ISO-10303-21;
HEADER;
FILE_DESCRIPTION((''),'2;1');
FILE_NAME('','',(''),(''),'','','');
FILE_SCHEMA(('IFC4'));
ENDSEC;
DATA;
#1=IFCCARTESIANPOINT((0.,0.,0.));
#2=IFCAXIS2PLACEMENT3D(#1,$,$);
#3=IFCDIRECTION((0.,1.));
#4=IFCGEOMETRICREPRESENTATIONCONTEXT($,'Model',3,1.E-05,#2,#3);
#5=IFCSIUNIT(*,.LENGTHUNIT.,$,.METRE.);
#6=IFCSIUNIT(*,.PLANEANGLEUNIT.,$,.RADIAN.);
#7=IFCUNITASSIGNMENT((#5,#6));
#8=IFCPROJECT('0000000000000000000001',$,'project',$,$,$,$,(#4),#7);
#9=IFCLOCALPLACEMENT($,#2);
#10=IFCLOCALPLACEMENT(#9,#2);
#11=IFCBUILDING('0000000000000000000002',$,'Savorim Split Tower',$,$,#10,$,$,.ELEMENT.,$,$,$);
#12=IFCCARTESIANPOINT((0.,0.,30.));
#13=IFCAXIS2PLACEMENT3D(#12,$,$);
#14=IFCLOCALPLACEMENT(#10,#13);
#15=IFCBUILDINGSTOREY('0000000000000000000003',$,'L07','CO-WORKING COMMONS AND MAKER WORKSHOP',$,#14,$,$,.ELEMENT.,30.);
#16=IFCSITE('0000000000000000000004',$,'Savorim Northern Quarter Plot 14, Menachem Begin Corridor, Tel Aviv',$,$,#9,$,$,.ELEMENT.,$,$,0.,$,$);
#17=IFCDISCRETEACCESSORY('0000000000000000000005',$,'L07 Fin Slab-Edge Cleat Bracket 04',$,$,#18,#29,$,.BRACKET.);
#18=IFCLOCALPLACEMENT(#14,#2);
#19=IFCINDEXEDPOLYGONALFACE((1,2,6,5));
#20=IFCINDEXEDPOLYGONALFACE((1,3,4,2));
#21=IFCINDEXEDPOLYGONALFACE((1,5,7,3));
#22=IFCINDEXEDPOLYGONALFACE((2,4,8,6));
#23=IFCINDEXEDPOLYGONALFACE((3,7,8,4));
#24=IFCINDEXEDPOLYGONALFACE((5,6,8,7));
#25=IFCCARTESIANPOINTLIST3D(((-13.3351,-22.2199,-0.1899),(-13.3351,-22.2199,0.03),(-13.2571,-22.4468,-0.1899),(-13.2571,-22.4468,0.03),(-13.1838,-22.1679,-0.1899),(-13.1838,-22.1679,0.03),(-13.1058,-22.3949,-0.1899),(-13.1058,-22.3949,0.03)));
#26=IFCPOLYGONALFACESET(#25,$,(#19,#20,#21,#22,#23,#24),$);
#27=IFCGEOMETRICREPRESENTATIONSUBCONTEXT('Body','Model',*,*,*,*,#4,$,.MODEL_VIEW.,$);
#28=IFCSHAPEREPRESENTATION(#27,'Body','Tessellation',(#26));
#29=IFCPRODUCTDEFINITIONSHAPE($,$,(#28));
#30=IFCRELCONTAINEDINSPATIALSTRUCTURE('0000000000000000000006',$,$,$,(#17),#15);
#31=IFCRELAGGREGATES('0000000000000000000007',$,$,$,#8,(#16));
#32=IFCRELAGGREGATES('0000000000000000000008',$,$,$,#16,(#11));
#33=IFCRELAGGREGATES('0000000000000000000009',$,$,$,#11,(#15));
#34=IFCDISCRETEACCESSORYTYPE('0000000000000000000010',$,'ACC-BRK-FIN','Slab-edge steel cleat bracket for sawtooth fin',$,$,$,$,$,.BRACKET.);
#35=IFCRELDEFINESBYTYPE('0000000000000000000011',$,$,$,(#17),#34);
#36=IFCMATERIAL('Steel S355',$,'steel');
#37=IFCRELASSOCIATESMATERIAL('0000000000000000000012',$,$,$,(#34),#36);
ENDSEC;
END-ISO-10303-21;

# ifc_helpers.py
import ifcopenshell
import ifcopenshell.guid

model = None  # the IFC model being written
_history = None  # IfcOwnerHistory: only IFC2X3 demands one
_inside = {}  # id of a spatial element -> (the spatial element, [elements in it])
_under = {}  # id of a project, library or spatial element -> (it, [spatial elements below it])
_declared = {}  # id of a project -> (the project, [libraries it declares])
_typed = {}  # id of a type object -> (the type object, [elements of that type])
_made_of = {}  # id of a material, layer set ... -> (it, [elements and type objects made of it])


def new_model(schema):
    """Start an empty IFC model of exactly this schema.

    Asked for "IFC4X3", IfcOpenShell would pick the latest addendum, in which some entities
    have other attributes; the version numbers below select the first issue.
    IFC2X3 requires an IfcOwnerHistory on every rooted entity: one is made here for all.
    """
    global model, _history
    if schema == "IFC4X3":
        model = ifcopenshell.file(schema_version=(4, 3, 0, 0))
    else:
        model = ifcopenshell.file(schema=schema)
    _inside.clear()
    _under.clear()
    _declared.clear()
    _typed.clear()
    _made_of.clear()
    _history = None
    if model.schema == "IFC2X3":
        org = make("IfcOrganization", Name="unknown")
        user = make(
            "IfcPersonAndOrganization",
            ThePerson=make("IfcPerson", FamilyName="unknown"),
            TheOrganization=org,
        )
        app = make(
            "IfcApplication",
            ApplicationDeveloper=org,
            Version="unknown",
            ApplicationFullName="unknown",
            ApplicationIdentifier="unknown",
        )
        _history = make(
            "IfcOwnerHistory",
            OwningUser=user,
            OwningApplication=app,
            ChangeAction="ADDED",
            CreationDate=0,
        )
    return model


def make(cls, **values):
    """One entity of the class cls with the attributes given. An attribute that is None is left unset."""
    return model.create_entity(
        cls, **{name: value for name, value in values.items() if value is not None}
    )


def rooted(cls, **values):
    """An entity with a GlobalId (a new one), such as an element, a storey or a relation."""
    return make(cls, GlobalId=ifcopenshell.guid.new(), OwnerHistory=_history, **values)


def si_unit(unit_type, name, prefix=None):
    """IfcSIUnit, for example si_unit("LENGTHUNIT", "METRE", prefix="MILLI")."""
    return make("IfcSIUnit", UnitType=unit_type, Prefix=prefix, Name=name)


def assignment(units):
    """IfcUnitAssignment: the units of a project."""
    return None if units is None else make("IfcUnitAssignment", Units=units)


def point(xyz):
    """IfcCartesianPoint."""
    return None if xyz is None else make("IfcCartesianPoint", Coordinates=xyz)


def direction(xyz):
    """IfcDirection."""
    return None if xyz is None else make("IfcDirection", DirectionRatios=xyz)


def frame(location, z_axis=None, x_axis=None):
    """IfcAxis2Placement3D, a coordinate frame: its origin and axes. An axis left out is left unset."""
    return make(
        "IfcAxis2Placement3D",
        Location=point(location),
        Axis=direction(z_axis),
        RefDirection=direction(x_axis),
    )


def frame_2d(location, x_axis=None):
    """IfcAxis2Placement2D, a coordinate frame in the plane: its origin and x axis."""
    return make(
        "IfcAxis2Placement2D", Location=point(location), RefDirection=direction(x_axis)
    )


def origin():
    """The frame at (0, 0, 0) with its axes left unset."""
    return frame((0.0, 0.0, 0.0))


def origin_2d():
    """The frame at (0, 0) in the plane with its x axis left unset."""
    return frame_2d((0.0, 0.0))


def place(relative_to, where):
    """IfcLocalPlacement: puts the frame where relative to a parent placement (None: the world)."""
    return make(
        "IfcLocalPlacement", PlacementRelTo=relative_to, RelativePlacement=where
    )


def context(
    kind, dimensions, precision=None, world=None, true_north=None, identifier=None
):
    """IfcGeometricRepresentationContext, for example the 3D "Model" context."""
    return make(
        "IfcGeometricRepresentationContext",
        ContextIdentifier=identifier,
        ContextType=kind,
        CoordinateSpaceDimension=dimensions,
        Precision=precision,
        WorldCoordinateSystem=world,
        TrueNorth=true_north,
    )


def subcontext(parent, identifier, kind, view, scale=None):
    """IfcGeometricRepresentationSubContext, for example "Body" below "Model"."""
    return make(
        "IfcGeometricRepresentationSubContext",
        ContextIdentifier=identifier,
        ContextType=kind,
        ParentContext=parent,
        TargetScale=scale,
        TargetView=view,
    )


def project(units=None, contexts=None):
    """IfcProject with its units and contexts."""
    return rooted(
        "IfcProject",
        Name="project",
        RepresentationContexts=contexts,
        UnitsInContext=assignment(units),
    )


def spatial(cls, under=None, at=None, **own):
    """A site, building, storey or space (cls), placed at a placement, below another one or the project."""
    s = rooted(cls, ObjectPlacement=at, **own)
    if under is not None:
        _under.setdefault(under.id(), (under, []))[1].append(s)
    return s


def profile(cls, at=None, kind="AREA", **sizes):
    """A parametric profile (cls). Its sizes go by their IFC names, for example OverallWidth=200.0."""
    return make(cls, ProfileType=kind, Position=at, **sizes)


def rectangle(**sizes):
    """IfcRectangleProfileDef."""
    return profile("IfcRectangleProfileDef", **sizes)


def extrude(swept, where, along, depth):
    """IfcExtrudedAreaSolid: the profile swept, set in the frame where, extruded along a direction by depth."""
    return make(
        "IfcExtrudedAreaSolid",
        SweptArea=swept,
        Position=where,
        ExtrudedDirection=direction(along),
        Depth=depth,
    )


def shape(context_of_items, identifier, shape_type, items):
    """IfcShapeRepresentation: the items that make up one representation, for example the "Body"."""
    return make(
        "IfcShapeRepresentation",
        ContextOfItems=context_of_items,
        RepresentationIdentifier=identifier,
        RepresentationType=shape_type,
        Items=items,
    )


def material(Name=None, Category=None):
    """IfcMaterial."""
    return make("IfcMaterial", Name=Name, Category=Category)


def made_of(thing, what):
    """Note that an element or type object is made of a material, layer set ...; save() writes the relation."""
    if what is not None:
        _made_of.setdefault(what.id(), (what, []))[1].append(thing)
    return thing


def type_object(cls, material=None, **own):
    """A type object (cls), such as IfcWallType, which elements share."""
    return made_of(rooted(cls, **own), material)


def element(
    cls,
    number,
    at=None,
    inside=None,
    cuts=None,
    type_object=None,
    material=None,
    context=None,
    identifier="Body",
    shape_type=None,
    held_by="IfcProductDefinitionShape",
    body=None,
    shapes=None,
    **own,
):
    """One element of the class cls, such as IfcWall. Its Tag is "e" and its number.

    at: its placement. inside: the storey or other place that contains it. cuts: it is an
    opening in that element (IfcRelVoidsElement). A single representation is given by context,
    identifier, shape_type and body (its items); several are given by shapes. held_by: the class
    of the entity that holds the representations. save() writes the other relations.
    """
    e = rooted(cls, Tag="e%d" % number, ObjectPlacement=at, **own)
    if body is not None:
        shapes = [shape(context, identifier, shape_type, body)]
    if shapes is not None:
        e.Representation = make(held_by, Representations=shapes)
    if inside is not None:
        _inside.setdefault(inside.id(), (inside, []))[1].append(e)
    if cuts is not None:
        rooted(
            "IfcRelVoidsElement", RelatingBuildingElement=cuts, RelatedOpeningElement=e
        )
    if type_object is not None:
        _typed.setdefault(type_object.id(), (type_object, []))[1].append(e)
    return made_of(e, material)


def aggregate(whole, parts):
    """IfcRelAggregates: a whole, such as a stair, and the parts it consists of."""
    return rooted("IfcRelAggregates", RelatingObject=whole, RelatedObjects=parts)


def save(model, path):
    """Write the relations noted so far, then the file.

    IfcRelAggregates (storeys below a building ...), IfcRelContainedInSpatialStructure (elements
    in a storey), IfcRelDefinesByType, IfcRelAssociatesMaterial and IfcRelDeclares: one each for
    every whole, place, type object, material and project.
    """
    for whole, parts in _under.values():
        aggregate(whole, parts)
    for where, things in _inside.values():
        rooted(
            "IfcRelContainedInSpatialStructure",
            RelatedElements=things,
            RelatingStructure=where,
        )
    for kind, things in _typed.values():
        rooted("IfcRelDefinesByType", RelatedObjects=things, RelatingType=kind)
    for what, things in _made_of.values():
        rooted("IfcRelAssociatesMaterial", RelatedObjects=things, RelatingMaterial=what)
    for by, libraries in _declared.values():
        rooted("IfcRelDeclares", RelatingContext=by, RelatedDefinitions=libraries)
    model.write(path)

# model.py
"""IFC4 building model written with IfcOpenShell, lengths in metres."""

from ifc_helpers import new_model, si_unit, direction, frame, origin, origin_2d, place, context, subcontext, project, spatial, rectangle, extrude, material, type_object, element, save


model = new_model("IFC4")

# Units and contexts
model_context = context("Model", 3, precision=1e-05, world=origin(), true_north=direction((0.0, 1.0)))
body_context = subcontext(model_context, "Body", "Model", "MODEL_VIEW")
ifc_project = project(units=[si_unit("LENGTHUNIT", "METRE"), si_unit("PLANEANGLEUNIT", "RADIAN")], contexts=[model_context])

# Site, building, storey
site_placement = place(None, origin())
site = spatial("IfcSite", under=ifc_project, at=site_placement, Name="Savorim Northern Quarter Plot 14, Menachem Begin Corridor, Tel Aviv", CompositionType="ELEMENT", RefElevation=0.0)
building_placement = place(site_placement, origin())
building = spatial("IfcBuilding", under=site, at=building_placement, Name="Savorim Split Tower", CompositionType="ELEMENT")
storey_placement = place(building_placement, frame((0.0, 0.0, 30.0)))
storey = spatial("IfcBuildingStorey", under=building, at=storey_placement, Name="L07", Description="CO-WORKING COMMONS AND MAKER WORKSHOP", CompositionType="ELEMENT", Elevation=30.0)

# Shared definitions
ifc_material_1 = material(Name="Steel S355", Category="steel")

# Discrete accessory
discrete_accessory_type = type_object("IfcDiscreteAccessoryType", Name="ACC-BRK-FIN", Description="Slab-edge steel cleat bracket for sawtooth fin", PredefinedType="BRACKET", material=ifc_material_1)
for number, where, z_axis, x_axis, name in (
    (1, (-13.2205, -22.3074, -0.1899), (0.0, 0.0, 1.0), (0.324994, -0.945716, 0.0), "L07 Fin Slab-Edge Cleat Bracket 04"),
):
    element("IfcDiscreteAccessory", number, at=place(storey_placement, frame(where, z_axis=z_axis, x_axis=x_axis)), inside=storey, type_object=discrete_accessory_type, Name=name, PredefinedType="BRACKET", context=body_context, shape_type="SweptSolid", body=[
        extrude(rectangle(XDim=0.24, YDim=0.1599, at=origin_2d()), origin(), (0.0, 0.0, 1.0), 0.22),
    ])

save(model, "model.ifc")
